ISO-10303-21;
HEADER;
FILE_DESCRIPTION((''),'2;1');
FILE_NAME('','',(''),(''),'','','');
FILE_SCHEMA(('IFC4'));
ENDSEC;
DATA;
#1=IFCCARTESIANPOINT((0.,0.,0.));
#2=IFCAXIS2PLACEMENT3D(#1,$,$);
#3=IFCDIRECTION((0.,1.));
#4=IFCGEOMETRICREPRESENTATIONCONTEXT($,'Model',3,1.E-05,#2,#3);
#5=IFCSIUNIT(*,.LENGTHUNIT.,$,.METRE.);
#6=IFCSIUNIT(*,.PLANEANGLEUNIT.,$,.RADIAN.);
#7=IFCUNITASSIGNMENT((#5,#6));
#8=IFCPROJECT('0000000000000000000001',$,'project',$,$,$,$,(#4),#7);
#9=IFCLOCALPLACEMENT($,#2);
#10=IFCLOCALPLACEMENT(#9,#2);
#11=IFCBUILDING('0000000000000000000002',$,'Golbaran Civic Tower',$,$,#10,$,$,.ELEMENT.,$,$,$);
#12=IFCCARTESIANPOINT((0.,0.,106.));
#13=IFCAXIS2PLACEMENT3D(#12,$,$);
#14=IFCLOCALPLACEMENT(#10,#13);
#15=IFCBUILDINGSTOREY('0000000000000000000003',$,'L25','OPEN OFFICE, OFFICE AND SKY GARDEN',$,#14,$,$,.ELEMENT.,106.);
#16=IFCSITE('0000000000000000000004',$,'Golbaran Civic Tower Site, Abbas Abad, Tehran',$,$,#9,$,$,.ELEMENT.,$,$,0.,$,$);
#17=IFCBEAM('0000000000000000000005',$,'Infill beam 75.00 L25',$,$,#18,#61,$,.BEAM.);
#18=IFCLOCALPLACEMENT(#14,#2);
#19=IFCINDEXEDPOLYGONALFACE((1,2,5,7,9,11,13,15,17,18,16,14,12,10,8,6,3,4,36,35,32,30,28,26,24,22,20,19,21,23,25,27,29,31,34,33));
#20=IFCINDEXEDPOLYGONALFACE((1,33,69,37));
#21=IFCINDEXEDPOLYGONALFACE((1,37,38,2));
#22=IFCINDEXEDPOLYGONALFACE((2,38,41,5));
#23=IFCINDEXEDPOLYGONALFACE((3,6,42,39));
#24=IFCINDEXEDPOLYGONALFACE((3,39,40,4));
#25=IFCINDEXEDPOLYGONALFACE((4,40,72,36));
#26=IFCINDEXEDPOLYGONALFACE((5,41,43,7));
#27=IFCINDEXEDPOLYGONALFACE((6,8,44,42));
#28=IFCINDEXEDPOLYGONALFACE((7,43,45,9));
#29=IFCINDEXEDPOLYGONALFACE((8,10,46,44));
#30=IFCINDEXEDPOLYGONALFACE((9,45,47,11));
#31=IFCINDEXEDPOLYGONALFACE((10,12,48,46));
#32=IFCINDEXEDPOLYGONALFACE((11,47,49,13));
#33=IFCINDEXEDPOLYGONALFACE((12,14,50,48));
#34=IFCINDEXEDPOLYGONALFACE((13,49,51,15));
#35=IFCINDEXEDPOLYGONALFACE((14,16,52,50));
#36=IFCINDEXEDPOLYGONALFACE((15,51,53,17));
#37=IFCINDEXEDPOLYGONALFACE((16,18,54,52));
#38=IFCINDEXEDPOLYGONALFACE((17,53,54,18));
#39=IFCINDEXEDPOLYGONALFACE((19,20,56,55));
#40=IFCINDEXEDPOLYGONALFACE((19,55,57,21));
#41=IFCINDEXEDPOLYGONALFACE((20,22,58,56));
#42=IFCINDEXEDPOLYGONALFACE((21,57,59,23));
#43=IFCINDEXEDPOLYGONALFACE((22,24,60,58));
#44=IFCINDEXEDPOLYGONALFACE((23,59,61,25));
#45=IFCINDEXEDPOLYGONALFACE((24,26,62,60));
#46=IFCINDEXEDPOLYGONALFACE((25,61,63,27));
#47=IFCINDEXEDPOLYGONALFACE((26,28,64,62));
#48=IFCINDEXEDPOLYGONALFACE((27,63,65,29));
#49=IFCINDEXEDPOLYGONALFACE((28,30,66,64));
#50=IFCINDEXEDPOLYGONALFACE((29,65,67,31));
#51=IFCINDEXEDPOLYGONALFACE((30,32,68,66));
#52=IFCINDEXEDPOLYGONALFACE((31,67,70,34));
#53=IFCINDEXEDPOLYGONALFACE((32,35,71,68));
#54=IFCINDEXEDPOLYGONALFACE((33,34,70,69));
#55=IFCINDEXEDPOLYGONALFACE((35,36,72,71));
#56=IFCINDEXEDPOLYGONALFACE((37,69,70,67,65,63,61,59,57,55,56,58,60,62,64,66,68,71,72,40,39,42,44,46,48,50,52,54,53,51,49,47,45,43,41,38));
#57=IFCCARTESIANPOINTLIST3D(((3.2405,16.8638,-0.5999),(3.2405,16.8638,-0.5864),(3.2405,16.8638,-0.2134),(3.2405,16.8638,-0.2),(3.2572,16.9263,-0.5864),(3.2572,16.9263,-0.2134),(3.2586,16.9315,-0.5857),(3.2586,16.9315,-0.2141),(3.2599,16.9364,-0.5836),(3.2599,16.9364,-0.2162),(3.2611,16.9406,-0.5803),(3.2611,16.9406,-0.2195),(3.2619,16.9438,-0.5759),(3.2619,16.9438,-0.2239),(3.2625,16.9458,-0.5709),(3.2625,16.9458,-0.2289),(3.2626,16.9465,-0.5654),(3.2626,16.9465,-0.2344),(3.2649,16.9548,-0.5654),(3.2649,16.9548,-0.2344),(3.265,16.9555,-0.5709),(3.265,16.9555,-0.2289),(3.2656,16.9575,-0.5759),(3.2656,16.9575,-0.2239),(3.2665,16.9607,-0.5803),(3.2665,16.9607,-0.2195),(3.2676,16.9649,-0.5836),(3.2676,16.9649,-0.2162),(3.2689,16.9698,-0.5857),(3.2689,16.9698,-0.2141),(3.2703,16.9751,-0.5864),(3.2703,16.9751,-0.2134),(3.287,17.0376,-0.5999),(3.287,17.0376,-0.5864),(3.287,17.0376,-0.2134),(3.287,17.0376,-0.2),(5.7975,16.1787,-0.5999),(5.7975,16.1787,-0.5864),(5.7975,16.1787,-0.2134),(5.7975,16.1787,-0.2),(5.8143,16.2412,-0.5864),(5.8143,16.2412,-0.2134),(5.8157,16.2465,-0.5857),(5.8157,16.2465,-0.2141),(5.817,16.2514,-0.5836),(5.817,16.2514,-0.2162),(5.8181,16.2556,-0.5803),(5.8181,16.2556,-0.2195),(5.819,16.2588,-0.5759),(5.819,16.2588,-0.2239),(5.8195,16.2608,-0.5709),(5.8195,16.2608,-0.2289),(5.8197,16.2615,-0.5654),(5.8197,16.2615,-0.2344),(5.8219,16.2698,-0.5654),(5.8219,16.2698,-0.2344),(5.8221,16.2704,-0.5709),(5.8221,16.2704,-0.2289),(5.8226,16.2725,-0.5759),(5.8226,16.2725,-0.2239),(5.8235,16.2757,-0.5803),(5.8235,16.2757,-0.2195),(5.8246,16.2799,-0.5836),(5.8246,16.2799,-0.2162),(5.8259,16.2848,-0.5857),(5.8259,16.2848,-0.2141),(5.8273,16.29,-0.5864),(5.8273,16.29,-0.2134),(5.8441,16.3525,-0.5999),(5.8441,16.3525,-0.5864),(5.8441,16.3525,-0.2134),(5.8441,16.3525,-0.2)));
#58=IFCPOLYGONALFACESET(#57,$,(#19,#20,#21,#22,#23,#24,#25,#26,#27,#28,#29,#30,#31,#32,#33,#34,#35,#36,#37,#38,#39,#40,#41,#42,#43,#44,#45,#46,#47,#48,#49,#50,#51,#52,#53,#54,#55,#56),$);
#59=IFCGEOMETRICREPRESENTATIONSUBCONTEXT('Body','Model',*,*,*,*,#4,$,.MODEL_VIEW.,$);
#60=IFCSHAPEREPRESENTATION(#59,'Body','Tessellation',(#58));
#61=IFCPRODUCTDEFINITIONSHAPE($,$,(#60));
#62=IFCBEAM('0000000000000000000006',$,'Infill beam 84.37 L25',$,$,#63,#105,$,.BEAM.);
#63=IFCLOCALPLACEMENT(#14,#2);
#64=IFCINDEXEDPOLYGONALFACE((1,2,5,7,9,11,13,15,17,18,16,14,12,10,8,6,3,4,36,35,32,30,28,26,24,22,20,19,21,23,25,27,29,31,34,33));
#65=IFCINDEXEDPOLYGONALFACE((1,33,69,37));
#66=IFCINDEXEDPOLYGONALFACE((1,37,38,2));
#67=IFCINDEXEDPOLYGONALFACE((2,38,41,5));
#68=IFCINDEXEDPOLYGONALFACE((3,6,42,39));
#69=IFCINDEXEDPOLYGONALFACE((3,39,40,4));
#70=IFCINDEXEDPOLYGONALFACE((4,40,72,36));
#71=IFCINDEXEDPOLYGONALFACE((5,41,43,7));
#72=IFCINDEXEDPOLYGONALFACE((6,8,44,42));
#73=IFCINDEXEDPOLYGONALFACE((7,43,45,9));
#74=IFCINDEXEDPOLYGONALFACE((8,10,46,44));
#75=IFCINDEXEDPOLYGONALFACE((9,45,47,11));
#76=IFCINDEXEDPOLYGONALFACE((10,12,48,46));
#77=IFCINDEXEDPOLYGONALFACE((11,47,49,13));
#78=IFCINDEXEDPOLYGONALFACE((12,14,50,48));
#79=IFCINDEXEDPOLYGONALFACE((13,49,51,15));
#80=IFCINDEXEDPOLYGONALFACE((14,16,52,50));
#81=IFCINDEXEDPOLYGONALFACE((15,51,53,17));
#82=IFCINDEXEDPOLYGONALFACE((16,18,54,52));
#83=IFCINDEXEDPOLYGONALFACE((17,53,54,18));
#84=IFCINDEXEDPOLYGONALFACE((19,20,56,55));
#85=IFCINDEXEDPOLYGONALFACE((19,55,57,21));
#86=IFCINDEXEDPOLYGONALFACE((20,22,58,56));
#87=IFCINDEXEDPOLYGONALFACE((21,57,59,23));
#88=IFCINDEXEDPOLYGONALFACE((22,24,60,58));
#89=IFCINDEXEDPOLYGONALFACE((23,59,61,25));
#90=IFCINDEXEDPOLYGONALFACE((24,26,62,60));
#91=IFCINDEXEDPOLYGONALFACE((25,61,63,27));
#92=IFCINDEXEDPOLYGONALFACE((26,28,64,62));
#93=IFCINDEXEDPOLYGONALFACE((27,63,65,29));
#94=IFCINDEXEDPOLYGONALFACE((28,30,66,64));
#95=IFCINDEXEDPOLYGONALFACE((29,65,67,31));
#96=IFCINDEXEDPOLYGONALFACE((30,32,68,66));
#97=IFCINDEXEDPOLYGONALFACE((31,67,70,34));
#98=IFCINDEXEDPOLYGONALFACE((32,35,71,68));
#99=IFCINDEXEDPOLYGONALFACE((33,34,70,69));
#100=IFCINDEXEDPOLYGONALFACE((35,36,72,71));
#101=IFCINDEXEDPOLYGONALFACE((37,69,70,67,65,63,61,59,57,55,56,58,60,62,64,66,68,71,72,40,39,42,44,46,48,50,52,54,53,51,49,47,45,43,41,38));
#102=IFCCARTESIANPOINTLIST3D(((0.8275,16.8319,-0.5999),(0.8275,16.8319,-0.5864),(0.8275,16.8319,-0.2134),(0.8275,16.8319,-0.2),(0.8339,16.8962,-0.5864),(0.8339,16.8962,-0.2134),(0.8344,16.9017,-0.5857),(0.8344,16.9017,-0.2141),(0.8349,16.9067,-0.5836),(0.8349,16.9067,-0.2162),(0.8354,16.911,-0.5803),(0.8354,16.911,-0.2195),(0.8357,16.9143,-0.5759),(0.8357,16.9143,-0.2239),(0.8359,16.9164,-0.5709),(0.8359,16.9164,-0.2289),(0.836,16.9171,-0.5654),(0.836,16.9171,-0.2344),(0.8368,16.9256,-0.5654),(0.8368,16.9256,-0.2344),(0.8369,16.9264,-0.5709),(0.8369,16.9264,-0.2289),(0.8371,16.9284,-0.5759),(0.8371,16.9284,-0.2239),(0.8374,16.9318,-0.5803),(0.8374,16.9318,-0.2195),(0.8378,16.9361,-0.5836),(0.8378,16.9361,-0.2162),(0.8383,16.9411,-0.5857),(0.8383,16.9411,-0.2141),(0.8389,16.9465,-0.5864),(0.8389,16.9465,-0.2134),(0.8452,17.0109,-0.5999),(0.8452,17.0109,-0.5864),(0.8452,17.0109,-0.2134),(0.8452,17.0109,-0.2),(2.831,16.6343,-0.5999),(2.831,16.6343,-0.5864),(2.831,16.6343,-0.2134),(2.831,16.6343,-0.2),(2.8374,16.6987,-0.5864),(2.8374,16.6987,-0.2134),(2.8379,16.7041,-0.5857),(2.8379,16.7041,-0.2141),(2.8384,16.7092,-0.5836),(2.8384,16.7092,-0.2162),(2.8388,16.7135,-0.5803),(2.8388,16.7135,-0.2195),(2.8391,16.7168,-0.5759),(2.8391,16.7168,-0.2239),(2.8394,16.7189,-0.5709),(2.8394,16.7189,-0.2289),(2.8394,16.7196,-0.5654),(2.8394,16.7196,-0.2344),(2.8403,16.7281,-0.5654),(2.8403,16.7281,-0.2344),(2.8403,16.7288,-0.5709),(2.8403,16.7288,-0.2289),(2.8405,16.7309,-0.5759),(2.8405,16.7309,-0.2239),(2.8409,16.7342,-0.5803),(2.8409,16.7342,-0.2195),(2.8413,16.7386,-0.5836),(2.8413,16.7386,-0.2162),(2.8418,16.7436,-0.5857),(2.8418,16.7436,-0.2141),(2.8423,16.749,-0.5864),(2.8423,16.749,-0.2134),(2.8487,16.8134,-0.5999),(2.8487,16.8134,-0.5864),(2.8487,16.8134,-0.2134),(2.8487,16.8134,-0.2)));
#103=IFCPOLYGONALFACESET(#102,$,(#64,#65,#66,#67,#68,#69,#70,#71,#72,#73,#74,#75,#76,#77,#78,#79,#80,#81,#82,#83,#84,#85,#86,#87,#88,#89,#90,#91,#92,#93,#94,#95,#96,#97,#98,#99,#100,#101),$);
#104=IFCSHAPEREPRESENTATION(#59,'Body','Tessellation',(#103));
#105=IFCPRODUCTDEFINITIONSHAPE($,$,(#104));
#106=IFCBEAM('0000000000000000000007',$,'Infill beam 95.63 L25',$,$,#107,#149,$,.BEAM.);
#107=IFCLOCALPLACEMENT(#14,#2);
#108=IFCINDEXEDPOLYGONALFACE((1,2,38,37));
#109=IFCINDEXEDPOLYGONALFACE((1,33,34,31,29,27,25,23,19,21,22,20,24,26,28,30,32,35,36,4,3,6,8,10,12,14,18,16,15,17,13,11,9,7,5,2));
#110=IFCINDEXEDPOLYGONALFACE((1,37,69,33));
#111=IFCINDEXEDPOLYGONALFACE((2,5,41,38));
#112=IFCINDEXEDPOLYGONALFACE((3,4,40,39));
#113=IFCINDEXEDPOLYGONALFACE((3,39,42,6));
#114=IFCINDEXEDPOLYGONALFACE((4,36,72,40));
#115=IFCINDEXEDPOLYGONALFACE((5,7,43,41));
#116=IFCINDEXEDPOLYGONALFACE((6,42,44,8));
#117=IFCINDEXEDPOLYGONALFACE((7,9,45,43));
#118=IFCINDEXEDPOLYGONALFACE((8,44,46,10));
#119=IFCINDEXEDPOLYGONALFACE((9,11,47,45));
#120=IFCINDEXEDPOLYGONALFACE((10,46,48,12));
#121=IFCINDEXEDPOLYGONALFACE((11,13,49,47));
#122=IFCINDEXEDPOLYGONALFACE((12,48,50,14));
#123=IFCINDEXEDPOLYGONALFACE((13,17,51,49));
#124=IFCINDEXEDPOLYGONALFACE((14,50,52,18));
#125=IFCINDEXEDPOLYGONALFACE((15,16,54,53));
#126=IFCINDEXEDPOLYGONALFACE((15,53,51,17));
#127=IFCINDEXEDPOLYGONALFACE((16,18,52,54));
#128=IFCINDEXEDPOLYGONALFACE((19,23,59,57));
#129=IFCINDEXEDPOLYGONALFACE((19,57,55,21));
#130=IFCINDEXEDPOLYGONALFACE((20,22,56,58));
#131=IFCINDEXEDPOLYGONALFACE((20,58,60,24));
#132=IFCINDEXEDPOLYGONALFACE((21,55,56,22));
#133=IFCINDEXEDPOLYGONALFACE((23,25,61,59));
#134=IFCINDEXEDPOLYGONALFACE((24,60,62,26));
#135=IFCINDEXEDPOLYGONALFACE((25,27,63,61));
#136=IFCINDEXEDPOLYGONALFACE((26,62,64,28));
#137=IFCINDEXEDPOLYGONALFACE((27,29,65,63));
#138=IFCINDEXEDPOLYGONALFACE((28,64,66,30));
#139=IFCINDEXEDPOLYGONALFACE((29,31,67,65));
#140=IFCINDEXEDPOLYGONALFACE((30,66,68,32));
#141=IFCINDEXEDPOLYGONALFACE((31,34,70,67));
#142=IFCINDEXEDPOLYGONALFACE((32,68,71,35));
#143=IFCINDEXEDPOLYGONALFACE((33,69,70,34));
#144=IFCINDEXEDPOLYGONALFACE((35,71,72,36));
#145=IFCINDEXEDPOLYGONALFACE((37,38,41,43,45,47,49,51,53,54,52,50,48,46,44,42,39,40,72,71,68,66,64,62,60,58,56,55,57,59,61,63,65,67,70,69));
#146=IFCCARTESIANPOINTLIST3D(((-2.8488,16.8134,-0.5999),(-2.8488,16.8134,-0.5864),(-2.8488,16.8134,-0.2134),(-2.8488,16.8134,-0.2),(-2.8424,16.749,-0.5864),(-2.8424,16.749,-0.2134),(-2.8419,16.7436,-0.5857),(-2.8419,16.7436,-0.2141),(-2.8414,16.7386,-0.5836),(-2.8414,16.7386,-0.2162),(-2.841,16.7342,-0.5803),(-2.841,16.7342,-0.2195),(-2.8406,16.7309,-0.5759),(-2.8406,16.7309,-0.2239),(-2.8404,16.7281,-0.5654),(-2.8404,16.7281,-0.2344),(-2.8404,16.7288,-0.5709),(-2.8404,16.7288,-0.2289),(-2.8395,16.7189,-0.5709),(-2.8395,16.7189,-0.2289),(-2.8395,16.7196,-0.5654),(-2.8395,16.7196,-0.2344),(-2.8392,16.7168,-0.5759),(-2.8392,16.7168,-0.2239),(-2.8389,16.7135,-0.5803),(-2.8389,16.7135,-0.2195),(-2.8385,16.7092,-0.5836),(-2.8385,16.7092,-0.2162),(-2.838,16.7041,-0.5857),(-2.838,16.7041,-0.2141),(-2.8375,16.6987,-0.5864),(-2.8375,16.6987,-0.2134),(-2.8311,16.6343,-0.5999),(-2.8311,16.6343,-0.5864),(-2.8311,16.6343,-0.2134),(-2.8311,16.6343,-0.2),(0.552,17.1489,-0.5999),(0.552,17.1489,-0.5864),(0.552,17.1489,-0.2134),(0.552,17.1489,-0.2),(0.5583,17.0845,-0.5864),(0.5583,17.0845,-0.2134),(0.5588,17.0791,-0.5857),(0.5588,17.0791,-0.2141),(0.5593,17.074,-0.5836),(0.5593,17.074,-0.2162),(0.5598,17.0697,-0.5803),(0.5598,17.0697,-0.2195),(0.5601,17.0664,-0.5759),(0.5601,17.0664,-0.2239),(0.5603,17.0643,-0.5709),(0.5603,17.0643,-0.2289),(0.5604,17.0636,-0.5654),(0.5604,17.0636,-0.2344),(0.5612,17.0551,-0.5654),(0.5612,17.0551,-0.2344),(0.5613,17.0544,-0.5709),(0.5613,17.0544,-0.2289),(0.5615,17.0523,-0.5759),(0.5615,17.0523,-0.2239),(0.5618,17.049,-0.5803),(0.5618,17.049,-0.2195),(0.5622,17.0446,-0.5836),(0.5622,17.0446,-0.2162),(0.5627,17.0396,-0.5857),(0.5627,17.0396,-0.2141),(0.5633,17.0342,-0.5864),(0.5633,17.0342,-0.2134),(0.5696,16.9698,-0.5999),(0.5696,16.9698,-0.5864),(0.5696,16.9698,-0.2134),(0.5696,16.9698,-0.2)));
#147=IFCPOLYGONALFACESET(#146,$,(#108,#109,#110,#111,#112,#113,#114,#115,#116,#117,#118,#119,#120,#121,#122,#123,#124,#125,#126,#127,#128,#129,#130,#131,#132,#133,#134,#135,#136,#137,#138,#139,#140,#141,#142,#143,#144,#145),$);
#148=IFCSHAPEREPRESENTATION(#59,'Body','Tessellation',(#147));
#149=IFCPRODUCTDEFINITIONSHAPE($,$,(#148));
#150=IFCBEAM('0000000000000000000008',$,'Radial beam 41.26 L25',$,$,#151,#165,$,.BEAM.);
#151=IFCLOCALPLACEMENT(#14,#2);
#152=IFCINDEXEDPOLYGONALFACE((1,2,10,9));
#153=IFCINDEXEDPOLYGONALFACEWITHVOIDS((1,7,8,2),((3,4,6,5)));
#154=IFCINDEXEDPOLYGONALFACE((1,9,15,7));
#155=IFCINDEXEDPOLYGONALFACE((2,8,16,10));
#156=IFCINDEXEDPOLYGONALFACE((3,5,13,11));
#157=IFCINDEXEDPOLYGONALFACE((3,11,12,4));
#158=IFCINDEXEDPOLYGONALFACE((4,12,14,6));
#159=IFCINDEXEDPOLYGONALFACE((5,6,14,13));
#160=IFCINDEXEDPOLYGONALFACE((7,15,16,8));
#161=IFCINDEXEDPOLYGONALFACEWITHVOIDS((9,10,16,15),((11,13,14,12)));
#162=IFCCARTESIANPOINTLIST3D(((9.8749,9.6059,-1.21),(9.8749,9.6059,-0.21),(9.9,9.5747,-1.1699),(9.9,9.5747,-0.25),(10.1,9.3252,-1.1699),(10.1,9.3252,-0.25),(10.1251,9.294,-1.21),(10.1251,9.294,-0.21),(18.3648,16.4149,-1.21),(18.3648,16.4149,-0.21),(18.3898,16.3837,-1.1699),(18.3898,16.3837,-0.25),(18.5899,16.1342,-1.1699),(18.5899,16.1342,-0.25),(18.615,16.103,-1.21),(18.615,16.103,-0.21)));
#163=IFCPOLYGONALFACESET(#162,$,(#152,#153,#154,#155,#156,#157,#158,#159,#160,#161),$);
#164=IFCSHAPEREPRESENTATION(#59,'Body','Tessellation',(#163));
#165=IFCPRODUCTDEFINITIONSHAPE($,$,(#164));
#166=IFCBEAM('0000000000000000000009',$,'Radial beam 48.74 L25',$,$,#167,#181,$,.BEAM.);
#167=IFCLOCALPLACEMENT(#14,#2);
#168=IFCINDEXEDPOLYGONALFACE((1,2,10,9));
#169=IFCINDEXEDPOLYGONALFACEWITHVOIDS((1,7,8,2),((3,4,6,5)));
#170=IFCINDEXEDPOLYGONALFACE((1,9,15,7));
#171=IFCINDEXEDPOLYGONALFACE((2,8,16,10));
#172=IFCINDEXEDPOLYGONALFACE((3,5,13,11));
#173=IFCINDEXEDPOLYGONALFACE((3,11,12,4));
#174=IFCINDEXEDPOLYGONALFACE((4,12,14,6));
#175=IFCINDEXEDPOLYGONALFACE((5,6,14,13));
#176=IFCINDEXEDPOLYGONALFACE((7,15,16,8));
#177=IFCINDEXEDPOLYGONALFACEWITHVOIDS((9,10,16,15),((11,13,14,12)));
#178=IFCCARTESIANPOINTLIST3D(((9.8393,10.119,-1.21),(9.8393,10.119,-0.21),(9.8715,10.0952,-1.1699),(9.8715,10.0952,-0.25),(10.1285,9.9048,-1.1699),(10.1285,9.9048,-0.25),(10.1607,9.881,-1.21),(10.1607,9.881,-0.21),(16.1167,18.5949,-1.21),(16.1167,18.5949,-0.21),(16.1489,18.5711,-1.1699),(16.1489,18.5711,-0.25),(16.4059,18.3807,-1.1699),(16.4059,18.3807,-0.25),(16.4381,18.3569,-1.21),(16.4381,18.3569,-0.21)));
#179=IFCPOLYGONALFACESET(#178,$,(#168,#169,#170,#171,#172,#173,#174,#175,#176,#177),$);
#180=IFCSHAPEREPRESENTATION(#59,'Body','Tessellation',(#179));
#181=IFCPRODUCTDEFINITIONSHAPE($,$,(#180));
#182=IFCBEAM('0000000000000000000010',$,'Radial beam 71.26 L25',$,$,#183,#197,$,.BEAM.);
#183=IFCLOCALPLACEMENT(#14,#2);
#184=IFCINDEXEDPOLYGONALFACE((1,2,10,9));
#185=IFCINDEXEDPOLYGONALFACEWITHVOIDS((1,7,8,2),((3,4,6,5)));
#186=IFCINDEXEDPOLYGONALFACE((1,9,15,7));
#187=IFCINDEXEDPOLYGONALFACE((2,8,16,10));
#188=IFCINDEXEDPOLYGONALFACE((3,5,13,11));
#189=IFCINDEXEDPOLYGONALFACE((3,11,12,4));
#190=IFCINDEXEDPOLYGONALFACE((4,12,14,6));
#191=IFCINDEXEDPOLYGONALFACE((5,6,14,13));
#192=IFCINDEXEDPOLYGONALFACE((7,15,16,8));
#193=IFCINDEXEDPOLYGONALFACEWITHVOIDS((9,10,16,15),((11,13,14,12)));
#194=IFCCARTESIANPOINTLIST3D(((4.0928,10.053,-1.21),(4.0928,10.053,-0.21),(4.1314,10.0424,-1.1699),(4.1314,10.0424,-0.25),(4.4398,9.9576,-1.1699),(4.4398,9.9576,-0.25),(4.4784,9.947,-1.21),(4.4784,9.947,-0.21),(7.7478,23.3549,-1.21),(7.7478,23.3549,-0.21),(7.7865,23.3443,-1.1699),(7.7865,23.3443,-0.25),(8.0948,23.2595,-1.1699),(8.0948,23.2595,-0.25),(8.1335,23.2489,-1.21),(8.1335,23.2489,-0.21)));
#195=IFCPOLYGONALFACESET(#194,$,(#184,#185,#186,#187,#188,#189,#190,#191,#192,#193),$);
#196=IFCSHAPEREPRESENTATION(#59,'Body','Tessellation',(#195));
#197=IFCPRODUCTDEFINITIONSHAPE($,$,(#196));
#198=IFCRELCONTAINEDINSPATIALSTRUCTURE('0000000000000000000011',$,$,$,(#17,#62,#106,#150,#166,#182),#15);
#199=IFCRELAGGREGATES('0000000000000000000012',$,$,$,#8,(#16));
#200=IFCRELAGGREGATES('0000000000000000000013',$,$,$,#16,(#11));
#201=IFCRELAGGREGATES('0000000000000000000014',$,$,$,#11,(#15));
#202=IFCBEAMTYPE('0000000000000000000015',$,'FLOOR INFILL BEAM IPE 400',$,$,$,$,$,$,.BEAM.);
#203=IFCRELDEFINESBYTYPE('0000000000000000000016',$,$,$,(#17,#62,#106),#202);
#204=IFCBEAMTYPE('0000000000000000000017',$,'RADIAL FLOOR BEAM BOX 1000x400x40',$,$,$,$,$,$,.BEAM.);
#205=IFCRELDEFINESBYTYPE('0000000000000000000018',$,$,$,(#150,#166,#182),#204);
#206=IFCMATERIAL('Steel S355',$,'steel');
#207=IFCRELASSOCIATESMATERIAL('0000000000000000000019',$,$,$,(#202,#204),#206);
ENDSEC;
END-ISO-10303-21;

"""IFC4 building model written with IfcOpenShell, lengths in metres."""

from ifc_helpers import new_model, si_unit, direction, frame, origin, origin_2d, place, context, subcontext, project, spatial, hollow_rectangle, i_section, extrude, material, material_profile, profile_set, type_object, element, save


model = new_model("IFC4")

# Units and contexts
model_context = context("Model", 3, precision=1e-05, world=origin(), true_north=direction((0.0, 1.0)))
body_context = subcontext(model_context, "Body", "Model", "MODEL_VIEW")
ifc_project = project(units=[si_unit("LENGTHUNIT", "METRE"), si_unit("PLANEANGLEUNIT", "RADIAN")], contexts=[model_context])

# Site, building, storey
site_placement = place(None, origin())
site = spatial("IfcSite", under=ifc_project, at=site_placement, Name="Golbaran Civic Tower Site, Abbas Abad, Tehran", CompositionType="ELEMENT", RefElevation=0.0)
building_placement = place(site_placement, origin())
building = spatial("IfcBuilding", under=site, at=building_placement, Name="Golbaran Civic Tower", CompositionType="ELEMENT")
storey_placement = place(building_placement, frame((0.0, 0.0, 106.0)))
storey = spatial("IfcBuildingStorey", under=building, at=storey_placement, Name="L25", Description="OPEN OFFICE, OFFICE AND SKY GARDEN", CompositionType="ELEMENT", Elevation=106.0)

# Beams
ifc_material_1 = material(Name="Steel S355", Category="steel")
ifc_material_profile_1 = material_profile(ifc_material_1, i_section(OverallWidth=0.1799, OverallDepth=0.3999, WebThickness=0.0085, FlangeThickness=0.0134, FilletRadius=0.021, at=origin_2d()), Name="IPE 400")
ifc_profile_set_1 = profile_set([ifc_material_profile_1], Name="Steel S355")
beam_type_1 = type_object("IfcBeamType", Name="FLOOR INFILL BEAM IPE 400", PredefinedType="BEAM", material=ifc_profile_set_1)
beam_1_placement = place(storey_placement, frame((5.8208, 16.2656, -0.3999), z_axis=(-0.965937, 0.258776, 0.0), x_axis=(-0.258776, -0.965937, 0.0)))
element("IfcBeam", 1, at=beam_1_placement, inside=storey, type_object=beam_type_1, Name="Infill beam 75.00 L25", PredefinedType="BEAM", context=body_context, shape_type="SweptSolid", body=[
    extrude(i_section(OverallWidth=0.1799, OverallDepth=0.3999, WebThickness=0.0085, FlangeThickness=0.0134, FilletRadius=0.021, at=origin_2d()), origin(), (0.0, 0.0, 1.0), 2.6472),
])
beam_2_placement = place(storey_placement, frame((2.8398, 16.7239, -0.3999), z_axis=(-0.995176, 0.098111, 0.0), x_axis=(-0.098111, -0.995176, 0.0)))
element("IfcBeam", 2, at=beam_2_placement, inside=storey, type_object=beam_type_1, Name="Infill beam 84.37 L25", PredefinedType="BEAM", context=body_context, shape_type="SweptSolid", body=[
    extrude(i_section(OverallWidth=0.1799, OverallDepth=0.3999, WebThickness=0.0085, FlangeThickness=0.0134, FilletRadius=0.021, at=origin_2d()), origin(), (0.0, 0.0, 1.0), 2.0132),
])
beam_3_placement = place(storey_placement, frame((0.5608, 17.0593, -0.3999), z_axis=(-0.99517, -0.098167, 0.0), x_axis=(0.098167, -0.99517, 0.0)))
element("IfcBeam", 3, at=beam_3_placement, inside=storey, type_object=beam_type_1, Name="Infill beam 95.63 L25", PredefinedType="BEAM", context=body_context, shape_type="SweptSolid", body=[
    extrude(i_section(OverallWidth=0.1799, OverallDepth=0.3999, WebThickness=0.0085, FlangeThickness=0.0134, FilletRadius=0.021, at=origin_2d()), origin(), (0.0, 0.0, 1.0), 3.4172),
])
ifc_material_profile_2 = material_profile(ifc_material_1, hollow_rectangle(XDim=0.3999, YDim=1.0, WallThickness=0.04, at=origin_2d()), Name="BOX 1000x400x40")
ifc_profile_set_2 = profile_set([ifc_material_profile_2], Name="Steel S355")
beam_type_2 = type_object("IfcBeamType", Name="RADIAL FLOOR BEAM BOX 1000x400x40", PredefinedType="BEAM", material=ifc_profile_set_2)
beam_4_placement = place(storey_placement, frame((10.0, 9.45, -0.71), z_axis=(0.780102, 0.625652, 0.0), x_axis=(-0.625652, 0.780102, 0.0)))
element("IfcBeam", 4, at=beam_4_placement, inside=storey, type_object=beam_type_2, Name="Radial beam 41.26 L25", PredefinedType="BEAM", context=body_context, shape_type="SweptSolid", body=[
    extrude(hollow_rectangle(XDim=0.3999, YDim=1.0, WallThickness=0.04, at=origin_2d()), origin(), (0.0, 0.0, 1.0), 10.8831),
])
beam_5_placement = place(storey_placement, frame((10.0, 10.0, -0.71), z_axis=(0.595163, 0.803605, 0.0), x_axis=(-0.803605, 0.595163, 0.0)))
element("IfcBeam", 5, at=beam_5_placement, inside=storey, type_object=beam_type_2, Name="Radial beam 48.74 L25", PredefinedType="BEAM", context=body_context, shape_type="SweptSolid", body=[
    extrude(hollow_rectangle(XDim=0.3999, YDim=1.0, WallThickness=0.04, at=origin_2d()), origin(), (0.0, 0.0, 1.0), 10.5474),
])
beam_6_placement = place(storey_placement, frame((4.2856, 10.0, -0.71), z_axis=(0.264953, 0.964261, 0.0), x_axis=(-0.964261, 0.264953, 0.0)))
element("IfcBeam", 6, at=beam_6_placement, inside=storey, type_object=beam_type_2, Name="Radial beam 71.26 L25", PredefinedType="BEAM", context=body_context, shape_type="SweptSolid", body=[
    extrude(hollow_rectangle(XDim=0.3999, YDim=1.0, WallThickness=0.04, at=origin_2d()), origin(), (0.0, 0.0, 1.0), 13.7949),
])

save(model, "model.ifc")
